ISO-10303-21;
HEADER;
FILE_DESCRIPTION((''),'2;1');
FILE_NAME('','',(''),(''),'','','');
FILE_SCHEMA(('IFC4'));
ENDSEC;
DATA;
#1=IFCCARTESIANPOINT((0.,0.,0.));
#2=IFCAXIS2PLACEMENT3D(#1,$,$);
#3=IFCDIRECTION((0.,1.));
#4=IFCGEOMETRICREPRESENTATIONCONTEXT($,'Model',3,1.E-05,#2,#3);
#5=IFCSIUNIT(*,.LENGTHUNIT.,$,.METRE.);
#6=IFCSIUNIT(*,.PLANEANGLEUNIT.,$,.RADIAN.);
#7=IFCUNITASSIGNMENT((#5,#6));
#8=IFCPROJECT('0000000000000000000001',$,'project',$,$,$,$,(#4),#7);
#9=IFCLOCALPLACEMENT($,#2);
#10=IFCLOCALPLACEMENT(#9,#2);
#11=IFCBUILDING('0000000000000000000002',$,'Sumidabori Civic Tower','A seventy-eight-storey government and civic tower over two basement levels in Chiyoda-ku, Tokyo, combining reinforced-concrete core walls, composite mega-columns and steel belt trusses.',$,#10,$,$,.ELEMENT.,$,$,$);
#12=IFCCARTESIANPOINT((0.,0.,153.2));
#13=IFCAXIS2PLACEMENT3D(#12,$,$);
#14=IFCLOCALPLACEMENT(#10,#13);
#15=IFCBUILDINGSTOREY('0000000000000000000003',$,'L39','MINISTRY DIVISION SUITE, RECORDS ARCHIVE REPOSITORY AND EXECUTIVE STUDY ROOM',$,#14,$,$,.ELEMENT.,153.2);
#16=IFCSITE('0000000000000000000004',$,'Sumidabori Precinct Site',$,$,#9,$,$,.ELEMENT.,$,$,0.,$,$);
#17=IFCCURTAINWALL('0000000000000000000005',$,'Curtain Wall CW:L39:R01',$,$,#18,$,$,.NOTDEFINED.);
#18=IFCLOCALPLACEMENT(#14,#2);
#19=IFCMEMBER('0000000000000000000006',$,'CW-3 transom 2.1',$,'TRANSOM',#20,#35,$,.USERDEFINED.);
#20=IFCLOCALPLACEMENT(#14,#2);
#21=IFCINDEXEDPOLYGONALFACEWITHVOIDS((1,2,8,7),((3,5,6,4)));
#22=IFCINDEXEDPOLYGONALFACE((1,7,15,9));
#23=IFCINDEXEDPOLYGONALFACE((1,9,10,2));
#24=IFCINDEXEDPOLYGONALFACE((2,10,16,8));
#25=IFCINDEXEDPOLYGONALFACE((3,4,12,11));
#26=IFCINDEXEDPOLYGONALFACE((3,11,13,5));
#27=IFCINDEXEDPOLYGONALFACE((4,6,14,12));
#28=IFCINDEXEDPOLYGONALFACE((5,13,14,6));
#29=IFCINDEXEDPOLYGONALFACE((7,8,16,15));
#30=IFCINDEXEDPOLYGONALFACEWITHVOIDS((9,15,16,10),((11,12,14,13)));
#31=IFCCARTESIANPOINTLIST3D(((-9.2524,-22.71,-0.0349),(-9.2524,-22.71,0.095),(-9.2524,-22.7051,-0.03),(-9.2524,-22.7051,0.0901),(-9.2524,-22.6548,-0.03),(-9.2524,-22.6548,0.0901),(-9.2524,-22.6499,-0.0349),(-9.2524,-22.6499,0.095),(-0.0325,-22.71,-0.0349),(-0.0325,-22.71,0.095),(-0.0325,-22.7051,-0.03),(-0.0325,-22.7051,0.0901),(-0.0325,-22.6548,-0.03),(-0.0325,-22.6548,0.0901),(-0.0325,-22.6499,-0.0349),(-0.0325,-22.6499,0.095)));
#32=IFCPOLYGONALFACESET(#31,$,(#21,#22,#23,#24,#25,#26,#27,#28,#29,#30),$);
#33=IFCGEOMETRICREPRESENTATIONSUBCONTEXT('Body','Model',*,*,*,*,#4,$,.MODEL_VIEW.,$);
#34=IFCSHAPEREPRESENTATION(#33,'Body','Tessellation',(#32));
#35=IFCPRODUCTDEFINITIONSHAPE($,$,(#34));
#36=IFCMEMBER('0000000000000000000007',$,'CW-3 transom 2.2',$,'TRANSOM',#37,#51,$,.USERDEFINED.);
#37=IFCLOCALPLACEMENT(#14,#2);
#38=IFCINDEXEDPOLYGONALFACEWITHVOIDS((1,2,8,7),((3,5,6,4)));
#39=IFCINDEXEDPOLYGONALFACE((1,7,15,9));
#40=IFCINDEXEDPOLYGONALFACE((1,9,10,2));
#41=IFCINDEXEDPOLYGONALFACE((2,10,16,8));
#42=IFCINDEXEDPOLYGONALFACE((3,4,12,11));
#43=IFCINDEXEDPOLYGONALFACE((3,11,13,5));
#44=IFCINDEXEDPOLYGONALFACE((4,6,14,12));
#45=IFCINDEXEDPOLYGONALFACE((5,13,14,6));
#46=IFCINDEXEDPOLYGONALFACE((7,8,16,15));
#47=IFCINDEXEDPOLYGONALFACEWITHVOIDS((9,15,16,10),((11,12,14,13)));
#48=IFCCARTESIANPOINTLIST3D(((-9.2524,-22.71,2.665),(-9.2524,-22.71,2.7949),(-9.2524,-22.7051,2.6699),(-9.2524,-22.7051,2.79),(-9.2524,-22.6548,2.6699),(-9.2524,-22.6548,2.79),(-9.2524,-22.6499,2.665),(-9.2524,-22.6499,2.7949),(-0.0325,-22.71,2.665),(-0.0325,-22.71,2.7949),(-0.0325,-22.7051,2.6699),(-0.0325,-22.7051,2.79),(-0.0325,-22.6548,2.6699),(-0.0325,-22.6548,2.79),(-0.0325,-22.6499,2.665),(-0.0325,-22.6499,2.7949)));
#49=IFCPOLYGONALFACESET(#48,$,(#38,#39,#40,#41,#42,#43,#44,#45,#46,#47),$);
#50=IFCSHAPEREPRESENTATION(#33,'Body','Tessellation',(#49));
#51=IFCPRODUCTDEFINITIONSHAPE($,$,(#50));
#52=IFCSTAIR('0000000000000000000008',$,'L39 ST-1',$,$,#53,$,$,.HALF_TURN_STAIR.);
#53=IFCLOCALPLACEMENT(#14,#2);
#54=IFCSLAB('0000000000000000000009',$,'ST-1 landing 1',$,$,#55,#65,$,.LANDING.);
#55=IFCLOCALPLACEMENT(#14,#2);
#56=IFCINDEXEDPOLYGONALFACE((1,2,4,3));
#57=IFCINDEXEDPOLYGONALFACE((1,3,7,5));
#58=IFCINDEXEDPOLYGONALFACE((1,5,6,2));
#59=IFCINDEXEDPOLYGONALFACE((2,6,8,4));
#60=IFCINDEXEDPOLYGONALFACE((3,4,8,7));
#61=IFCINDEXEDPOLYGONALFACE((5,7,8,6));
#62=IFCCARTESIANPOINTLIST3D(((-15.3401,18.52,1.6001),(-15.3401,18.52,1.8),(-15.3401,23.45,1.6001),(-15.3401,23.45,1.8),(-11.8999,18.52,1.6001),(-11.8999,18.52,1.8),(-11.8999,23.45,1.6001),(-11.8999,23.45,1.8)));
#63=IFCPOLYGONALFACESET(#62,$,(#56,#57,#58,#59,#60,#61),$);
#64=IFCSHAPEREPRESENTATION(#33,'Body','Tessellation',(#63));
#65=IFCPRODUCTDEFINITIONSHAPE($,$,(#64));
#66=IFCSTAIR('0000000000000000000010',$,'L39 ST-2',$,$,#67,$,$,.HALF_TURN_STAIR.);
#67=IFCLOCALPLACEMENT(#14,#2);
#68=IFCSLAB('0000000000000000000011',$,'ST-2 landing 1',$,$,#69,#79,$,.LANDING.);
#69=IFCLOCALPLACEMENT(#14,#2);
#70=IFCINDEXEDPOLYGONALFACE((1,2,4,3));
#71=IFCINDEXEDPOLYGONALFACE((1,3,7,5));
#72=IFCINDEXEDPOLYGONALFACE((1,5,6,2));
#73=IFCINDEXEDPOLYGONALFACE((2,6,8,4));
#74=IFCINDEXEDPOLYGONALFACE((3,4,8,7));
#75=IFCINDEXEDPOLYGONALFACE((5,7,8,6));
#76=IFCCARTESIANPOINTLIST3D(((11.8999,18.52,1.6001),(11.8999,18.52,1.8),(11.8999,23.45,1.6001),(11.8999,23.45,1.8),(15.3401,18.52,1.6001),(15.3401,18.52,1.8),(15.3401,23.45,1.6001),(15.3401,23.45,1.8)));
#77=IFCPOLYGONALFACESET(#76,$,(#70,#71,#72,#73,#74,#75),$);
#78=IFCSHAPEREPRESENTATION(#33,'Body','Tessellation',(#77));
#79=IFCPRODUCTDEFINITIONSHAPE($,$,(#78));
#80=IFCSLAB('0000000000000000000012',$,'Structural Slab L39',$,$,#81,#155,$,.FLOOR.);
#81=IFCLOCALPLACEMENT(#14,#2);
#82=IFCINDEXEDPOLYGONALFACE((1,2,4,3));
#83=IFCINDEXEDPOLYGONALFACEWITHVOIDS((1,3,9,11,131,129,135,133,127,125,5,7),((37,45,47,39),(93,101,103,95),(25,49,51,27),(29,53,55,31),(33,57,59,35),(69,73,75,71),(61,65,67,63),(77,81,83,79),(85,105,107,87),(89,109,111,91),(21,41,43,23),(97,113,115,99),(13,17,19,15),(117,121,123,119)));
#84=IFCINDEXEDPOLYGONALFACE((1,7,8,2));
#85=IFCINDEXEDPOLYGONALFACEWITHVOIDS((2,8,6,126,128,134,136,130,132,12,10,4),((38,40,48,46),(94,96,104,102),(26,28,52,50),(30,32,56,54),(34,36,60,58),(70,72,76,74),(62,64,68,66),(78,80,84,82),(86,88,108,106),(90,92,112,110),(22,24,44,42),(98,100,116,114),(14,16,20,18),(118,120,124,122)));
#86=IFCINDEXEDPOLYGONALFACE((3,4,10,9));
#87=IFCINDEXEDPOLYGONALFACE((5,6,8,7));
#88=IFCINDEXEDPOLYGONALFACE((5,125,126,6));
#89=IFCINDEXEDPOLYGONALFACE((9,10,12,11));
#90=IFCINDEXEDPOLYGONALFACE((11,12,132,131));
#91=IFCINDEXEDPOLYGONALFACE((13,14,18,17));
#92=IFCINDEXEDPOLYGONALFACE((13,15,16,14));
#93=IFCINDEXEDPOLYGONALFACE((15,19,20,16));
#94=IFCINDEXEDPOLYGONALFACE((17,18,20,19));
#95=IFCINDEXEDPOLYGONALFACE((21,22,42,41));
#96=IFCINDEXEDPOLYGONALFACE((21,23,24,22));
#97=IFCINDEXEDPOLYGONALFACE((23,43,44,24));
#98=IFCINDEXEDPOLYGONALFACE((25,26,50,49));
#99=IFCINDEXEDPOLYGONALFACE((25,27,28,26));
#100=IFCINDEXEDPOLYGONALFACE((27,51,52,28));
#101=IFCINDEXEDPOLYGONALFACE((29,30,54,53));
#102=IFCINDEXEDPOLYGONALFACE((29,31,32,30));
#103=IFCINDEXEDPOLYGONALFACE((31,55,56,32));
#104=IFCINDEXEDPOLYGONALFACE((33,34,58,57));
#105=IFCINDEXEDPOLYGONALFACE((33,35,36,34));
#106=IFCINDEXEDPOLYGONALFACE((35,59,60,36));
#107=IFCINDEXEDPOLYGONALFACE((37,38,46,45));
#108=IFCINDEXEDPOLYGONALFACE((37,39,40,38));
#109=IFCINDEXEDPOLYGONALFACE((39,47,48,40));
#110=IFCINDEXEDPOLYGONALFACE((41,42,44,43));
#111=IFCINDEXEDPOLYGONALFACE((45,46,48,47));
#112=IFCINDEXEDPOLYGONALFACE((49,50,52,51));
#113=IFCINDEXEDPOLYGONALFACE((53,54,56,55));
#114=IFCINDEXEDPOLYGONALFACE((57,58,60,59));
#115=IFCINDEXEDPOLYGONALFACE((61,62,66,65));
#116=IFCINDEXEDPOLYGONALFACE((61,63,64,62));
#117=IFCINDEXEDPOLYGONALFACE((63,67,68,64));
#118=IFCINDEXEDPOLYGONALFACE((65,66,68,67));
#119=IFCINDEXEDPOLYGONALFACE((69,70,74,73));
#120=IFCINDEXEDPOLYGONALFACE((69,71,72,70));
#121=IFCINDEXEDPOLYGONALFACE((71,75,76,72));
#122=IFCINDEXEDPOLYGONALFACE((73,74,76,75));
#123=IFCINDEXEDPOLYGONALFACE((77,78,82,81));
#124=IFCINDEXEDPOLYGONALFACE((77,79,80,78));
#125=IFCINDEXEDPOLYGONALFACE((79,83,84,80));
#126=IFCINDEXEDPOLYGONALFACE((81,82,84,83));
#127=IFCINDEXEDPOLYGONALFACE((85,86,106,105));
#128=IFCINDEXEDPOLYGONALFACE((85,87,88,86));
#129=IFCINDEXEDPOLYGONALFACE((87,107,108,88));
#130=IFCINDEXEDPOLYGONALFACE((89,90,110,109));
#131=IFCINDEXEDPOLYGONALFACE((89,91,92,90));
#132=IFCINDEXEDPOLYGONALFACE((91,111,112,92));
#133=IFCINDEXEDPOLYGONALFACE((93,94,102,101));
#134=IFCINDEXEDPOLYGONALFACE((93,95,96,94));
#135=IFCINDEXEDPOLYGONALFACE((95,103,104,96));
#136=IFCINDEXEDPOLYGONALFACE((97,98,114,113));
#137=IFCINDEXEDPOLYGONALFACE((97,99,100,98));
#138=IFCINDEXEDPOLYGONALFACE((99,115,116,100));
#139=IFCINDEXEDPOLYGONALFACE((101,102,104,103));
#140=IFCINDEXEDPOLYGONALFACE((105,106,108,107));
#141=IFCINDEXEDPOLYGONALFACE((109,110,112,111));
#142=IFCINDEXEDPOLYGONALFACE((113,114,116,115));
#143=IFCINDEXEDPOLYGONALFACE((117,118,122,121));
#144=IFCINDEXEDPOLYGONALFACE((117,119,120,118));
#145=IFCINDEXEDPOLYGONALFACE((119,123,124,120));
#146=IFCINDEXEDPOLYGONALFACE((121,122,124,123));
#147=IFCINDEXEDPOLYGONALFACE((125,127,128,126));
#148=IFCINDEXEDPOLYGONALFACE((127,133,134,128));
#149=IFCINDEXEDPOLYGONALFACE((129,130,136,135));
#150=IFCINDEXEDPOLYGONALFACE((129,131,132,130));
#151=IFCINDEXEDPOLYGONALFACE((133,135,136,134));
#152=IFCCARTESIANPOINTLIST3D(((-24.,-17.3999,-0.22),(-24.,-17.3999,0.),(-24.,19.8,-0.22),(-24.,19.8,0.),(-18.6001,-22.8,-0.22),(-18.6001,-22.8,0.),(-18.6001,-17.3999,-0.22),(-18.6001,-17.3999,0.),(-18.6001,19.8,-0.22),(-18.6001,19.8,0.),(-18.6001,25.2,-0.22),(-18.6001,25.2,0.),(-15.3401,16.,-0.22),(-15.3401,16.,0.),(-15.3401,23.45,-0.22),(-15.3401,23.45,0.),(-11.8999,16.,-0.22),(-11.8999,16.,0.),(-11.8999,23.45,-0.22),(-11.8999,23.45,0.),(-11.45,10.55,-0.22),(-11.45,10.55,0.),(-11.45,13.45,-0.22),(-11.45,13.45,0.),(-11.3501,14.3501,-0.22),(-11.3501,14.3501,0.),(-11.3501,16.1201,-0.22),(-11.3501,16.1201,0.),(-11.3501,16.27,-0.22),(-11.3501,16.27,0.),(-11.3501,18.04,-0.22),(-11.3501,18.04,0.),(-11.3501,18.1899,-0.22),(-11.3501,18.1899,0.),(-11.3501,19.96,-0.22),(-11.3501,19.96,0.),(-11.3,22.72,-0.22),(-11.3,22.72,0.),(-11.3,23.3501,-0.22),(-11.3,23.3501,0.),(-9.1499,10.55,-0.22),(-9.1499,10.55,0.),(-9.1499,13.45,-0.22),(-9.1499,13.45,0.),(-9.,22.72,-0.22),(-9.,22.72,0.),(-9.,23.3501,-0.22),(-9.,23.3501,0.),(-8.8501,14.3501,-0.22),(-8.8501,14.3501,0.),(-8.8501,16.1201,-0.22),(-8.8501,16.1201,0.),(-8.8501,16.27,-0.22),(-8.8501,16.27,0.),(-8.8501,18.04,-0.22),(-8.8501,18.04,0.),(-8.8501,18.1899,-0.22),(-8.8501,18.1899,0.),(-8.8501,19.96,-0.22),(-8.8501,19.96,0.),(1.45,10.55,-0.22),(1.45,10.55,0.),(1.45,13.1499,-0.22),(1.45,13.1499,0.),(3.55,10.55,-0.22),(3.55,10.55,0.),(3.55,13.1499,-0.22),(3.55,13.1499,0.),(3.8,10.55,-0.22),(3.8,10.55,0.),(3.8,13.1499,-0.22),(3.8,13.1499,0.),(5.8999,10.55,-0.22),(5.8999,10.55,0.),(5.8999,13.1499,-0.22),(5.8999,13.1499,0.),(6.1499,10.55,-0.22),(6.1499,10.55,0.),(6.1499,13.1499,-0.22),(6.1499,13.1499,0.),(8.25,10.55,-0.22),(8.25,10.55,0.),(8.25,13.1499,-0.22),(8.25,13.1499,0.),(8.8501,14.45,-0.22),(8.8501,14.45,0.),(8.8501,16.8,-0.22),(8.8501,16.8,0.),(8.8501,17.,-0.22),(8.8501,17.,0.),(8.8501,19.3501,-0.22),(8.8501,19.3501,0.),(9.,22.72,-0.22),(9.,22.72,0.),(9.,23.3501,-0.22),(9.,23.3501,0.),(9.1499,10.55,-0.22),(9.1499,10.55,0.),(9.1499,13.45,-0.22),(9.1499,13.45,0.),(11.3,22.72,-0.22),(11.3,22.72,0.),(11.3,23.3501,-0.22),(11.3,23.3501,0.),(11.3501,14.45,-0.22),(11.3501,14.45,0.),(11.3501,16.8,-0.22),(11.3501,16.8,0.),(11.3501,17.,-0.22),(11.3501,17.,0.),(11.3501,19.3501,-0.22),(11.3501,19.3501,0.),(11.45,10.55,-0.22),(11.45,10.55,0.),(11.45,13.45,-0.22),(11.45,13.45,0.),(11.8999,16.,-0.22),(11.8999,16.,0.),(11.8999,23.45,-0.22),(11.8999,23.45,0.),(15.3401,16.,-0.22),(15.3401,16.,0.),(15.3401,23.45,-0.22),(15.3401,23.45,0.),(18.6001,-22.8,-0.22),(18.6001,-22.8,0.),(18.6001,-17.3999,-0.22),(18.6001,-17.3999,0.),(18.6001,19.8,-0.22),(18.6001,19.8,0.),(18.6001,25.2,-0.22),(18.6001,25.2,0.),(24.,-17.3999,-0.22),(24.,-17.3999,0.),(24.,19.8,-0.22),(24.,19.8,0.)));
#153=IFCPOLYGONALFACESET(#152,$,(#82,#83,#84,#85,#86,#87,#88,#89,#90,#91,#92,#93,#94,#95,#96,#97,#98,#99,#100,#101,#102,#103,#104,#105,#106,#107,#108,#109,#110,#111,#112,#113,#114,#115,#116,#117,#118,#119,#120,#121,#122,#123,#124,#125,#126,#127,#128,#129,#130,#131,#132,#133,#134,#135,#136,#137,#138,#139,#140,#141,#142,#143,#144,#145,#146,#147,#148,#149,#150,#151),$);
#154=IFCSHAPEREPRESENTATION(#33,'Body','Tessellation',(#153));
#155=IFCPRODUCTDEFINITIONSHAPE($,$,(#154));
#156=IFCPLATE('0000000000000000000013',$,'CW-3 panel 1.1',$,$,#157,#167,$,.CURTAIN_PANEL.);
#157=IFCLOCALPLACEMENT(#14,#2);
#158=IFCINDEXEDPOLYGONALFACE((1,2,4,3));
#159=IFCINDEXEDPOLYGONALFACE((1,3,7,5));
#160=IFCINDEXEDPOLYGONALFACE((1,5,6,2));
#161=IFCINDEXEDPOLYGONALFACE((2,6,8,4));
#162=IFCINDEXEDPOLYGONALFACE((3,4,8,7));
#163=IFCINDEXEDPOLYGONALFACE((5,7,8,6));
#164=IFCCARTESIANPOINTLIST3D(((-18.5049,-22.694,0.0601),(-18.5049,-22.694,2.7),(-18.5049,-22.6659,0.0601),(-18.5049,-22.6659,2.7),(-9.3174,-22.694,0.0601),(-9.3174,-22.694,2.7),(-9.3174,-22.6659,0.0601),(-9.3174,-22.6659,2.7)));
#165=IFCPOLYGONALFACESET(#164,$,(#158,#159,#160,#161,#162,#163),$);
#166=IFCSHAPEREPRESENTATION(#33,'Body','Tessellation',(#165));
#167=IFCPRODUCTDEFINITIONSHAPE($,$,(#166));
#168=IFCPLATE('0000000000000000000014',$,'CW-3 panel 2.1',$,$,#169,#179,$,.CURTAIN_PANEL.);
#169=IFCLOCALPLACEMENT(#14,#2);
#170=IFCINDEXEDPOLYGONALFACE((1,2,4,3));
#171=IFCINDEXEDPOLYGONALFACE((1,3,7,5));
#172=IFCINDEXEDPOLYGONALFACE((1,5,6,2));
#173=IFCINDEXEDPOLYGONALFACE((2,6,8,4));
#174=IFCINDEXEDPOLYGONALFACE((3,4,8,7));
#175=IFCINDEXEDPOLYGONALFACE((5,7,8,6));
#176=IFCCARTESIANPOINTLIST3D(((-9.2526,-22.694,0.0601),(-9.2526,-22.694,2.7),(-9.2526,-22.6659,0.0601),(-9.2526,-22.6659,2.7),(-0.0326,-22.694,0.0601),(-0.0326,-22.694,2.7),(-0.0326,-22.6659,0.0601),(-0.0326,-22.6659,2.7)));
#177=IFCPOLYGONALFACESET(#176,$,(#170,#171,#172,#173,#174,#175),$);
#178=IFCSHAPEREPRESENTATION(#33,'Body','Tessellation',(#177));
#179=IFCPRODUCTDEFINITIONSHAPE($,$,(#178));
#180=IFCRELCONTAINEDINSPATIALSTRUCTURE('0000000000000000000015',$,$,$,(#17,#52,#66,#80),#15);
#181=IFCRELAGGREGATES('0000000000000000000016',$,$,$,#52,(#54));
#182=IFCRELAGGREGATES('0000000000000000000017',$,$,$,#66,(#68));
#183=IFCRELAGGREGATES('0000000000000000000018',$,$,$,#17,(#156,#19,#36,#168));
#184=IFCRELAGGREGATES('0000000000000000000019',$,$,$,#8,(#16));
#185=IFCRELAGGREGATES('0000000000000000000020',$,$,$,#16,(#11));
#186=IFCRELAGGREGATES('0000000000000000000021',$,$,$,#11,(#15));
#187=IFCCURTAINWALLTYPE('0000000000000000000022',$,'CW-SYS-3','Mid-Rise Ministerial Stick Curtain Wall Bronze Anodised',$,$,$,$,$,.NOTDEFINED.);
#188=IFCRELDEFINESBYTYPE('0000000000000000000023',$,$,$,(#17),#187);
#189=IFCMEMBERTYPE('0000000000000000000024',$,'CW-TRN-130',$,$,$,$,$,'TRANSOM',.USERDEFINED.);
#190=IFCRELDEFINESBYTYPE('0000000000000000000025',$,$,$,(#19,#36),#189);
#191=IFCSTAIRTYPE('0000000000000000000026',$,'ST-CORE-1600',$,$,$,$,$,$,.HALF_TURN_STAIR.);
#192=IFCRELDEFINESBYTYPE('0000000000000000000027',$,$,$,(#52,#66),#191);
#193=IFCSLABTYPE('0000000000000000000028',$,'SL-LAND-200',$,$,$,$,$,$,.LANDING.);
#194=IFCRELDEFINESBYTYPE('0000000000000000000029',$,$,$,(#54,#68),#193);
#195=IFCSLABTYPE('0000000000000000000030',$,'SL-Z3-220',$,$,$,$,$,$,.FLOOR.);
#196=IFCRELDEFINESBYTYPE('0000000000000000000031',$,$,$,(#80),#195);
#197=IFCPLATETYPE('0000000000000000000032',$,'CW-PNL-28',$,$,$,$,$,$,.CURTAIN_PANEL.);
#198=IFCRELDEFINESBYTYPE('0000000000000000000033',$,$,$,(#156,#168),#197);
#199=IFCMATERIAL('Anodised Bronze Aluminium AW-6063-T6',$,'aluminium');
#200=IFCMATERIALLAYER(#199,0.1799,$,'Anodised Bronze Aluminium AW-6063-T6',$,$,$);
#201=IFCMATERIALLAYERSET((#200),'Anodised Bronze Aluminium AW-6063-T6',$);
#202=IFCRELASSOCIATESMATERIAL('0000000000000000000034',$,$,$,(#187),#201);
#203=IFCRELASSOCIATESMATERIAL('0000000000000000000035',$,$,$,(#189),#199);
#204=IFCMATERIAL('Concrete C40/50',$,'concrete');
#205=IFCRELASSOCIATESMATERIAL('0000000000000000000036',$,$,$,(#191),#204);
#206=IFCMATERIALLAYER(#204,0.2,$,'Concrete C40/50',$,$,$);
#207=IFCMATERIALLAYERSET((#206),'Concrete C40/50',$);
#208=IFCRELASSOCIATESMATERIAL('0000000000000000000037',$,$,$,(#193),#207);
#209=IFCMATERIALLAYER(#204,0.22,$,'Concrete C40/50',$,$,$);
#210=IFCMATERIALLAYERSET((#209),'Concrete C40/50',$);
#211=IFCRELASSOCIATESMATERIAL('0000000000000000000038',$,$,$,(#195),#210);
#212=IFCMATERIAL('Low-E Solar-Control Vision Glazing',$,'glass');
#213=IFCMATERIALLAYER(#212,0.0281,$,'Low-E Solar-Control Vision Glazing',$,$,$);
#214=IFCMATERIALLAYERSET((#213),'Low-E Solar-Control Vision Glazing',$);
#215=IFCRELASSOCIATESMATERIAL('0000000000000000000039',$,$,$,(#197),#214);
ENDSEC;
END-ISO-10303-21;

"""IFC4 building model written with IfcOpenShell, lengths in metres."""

from ifc_helpers import new_model, si_unit, direction, frame, origin, origin_2d, place, context, subcontext, project, spatial, polyline, rectangle, hollow_rectangle, outline, extrude, source, transform, mapped, material, layer, layer_set, material_profile, profile_set, type_object, element, aggregate, save


model = new_model("IFC4")

# Units and contexts
model_context = context("Model", 3, precision=1e-05, world=origin(), true_north=direction((0.0, 1.0)))
body_context = subcontext(model_context, "Body", "Model", "MODEL_VIEW")
ifc_project = project(units=[si_unit("LENGTHUNIT", "METRE"), si_unit("PLANEANGLEUNIT", "RADIAN")], contexts=[model_context])

# Site, building, storey
site_placement = place(None, origin())
site = spatial("IfcSite", under=ifc_project, at=site_placement, Name="Sumidabori Precinct Site", CompositionType="ELEMENT", RefElevation=0.0)
building_placement = place(site_placement, origin())
building = spatial("IfcBuilding", under=site, at=building_placement, Name="Sumidabori Civic Tower", Description="A seventy-eight-storey government and civic tower over two basement levels in Chiyoda-ku, Tokyo, combining reinforced-concrete core walls, composite mega-columns and steel belt trusses.", CompositionType="ELEMENT")
storey_placement = place(building_placement, frame((0.0, 0.0, 153.2)))
storey = spatial("IfcBuildingStorey", under=building, at=storey_placement, Name="L39", Description="MINISTRY DIVISION SUITE, RECORDS ARCHIVE REPOSITORY AND EXECUTIVE STUDY ROOM", CompositionType="ELEMENT", Elevation=153.2)

# Curtain wall, members
ifc_material_1 = material(Name="Anodised Bronze Aluminium AW-6063-T6", Category="aluminium")
ifc_layer_1 = layer(ifc_material_1, 0.1799, Name="Anodised Bronze Aluminium AW-6063-T6")
ifc_layer_set_1 = layer_set([ifc_layer_1], Name="Anodised Bronze Aluminium AW-6063-T6")
curtain_wall_type = type_object("IfcCurtainWallType", Name="CW-SYS-3", Description="Mid-Rise Ministerial Stick Curtain Wall Bronze Anodised", PredefinedType="NOTDEFINED", material=ifc_layer_set_1)
curtain_wall_placement = place(storey_placement, origin())
curtain_wall = element("IfcCurtainWall", 1, at=curtain_wall_placement, inside=storey, type_object=curtain_wall_type, Name="Curtain Wall CW:L39:R01", PredefinedType="NOTDEFINED")
ifc_material_profile_1 = material_profile(ifc_material_1, hollow_rectangle(XDim=0.0601, YDim=0.1299, WallThickness=0.0049, at=origin_2d()), Name="ALU TRANSOM 130x60")
ifc_profile_set_1 = profile_set([ifc_material_profile_1], Name="Anodised Bronze Aluminium AW-6063-T6")
member_type_1 = type_object("IfcMemberType", Name="CW-TRN-130", ElementType="TRANSOM", PredefinedType="USERDEFINED", material=ifc_profile_set_1)
shared_shape_1 = source(origin(), body_context, "Body", "SweptSolid", [
    extrude(hollow_rectangle(XDim=0.0601, YDim=0.1299, WallThickness=0.0049, at=origin_2d()), origin(), (0.0, 0.0, 1.0), 9.22),
])
member_1_placement = place(storey_placement, frame((-9.2524, -22.6799, 0.03), z_axis=(1.0, 0.0, 0.0), x_axis=(0.0, 1.0, 0.0)))
member_1 = element("IfcMember", 2, at=member_1_placement, type_object=member_type_1, Name="CW-3 transom 2.1", ObjectType="TRANSOM", PredefinedType="USERDEFINED", context=body_context, shape_type="MappedRepresentation", body=[
    mapped(shared_shape_1, transform((0.0, 0.0, 0.0), x_axis=(1.0, 0.0, 0.0), y_axis=(0.0, 1.0, 0.0), z_axis=(0.0, 0.0, 1.0), scale=1.0)),
])
member_2_placement = place(storey_placement, frame((-9.2524, -22.6799, 2.73), z_axis=(1.0, 0.0, 0.0), x_axis=(0.0, 1.0, 0.0)))
member_2 = element("IfcMember", 3, at=member_2_placement, type_object=member_type_1, Name="CW-3 transom 2.2", ObjectType="TRANSOM", PredefinedType="USERDEFINED", context=body_context, shape_type="MappedRepresentation", body=[
    mapped(shared_shape_1, transform((0.0, 0.0, 0.0), x_axis=(1.0, 0.0, 0.0), y_axis=(0.0, 1.0, 0.0), z_axis=(0.0, 0.0, 1.0), scale=1.0)),
])

# Stairs, slabs
ifc_material_2 = material(Name="Concrete C40/50", Category="concrete")
stair_type = type_object("IfcStairType", Name="ST-CORE-1600", PredefinedType="HALF_TURN_STAIR", material=ifc_material_2)
stair_1_placement = place(storey_placement, origin())
stair_1 = element("IfcStair", 4, at=stair_1_placement, inside=storey, type_object=stair_type, Name="L39 ST-1", PredefinedType="HALF_TURN_STAIR")
ifc_layer_2 = layer(ifc_material_2, 0.2, Name="Concrete C40/50")
ifc_layer_set_2 = layer_set([ifc_layer_2], Name="Concrete C40/50")
slab_type_1 = type_object("IfcSlabType", Name="SL-LAND-200", PredefinedType="LANDING", material=ifc_layer_set_2)
slab_1_placement = place(storey_placement, frame((0.0, 0.0, 1.6001)))
slab_1 = element("IfcSlab", 5, at=slab_1_placement, type_object=slab_type_1, Name="ST-1 landing 1", PredefinedType="LANDING", context=body_context, shape_type="SweptSolid", body=[
    extrude(outline(polyline([(-11.8999, 18.52), (-11.8999, 23.45), (-15.3401, 23.45), (-15.3401, 18.52), (-11.8999, 18.52)])), origin(), (0.0, 0.0, 1.0), 0.2),
])
aggregate(stair_1, [slab_1])
stair_2_placement = place(storey_placement, origin())
stair_2 = element("IfcStair", 6, at=stair_2_placement, inside=storey, type_object=stair_type, Name="L39 ST-2", PredefinedType="HALF_TURN_STAIR")
slab_2_placement = place(storey_placement, frame((0.0, 0.0, 1.6001)))
slab_2 = element("IfcSlab", 7, at=slab_2_placement, type_object=slab_type_1, Name="ST-2 landing 1", PredefinedType="LANDING", context=body_context, shape_type="SweptSolid", body=[
    extrude(outline(polyline([(15.3401, 18.52), (15.3401, 23.45), (11.8999, 23.45), (11.8999, 18.52), (15.3401, 18.52)])), origin(), (0.0, 0.0, 1.0), 0.2),
])
aggregate(stair_2, [slab_2])

# Slab
ifc_layer_3 = layer(ifc_material_2, 0.22, Name="Concrete C40/50")
ifc_layer_set_3 = layer_set([ifc_layer_3], Name="Concrete C40/50")
slab_type_2 = type_object("IfcSlabType", Name="SL-Z3-220", PredefinedType="FLOOR", material=ifc_layer_set_3)
slab_3_placement = place(storey_placement, frame((0.0, 0.0, -0.22)))
element("IfcSlab", 8, at=slab_3_placement, inside=storey, type_object=slab_type_2, Name="Structural Slab L39", PredefinedType="FLOOR", context=body_context, shape_type="SweptSolid", body=[
    extrude(outline(polyline([(-18.6001, -22.8), (18.6001, -22.8), (18.6001, -17.3999), (24.0, -17.3999), (24.0, 19.8), (18.6001, 19.8), (18.6001, 25.2), (-18.6001, 25.2), (-18.6001, 19.8), (-24.0, 19.8), (-24.0, -17.3999), (-18.6001, -17.3999), (-18.6001, -22.8)]), holes=[polyline([(-11.8999, 16.0), (-11.8999, 23.45), (-15.3401, 23.45), (-15.3401, 16.0), (-11.8999, 16.0)]), polyline([(15.3401, 16.0), (15.3401, 23.45), (11.8999, 23.45), (11.8999, 16.0), (15.3401, 16.0)]), polyline([(-11.45, 10.55), (-9.1499, 10.55), (-9.1499, 13.45), (-11.45, 13.45), (-11.45, 10.55)]), polyline([(9.1499, 10.55), (11.45, 10.55), (11.45, 13.45), (9.1499, 13.45), (9.1499, 10.55)]), polyline([(1.45, 10.55), (3.55, 10.55), (3.55, 13.1499), (1.45, 13.1499), (1.45, 10.55)]), polyline([(3.8, 10.55), (5.8999, 10.55), (5.8999, 13.1499), (3.8, 13.1499), (3.8, 10.55)]), polyline([(6.1499, 10.55), (8.25, 10.55), (8.25, 13.1499), (6.1499, 13.1499), (6.1499, 10.55)]), polyline([(-11.3501, 14.3501), (-8.8501, 14.3501), (-8.8501, 16.1201), (-11.3501, 16.1201), (-11.3501, 14.3501)]), polyline([(-11.3501, 16.27), (-8.8501, 16.27), (-8.8501, 18.04), (-11.3501, 18.04), (-11.3501, 16.27)]), polyline([(-11.3501, 18.1899), (-8.8501, 18.1899), (-8.8501, 19.96), (-11.3501, 19.96), (-11.3501, 18.1899)]), polyline([(8.8501, 14.45), (11.3501, 14.45), (11.3501, 16.8), (8.8501, 16.8), (8.8501, 14.45)]), polyline([(8.8501, 17.0), (11.3501, 17.0), (11.3501, 19.3501), (8.8501, 19.3501), (8.8501, 17.0)]), polyline([(-11.3, 22.72), (-9.0, 22.72), (-9.0, 23.3501), (-11.3, 23.3501), (-11.3, 22.72)]), polyline([(9.0, 22.72), (11.3, 22.72), (11.3, 23.3501), (9.0, 23.3501), (9.0, 22.72)])]), origin(), (0.0, 0.0, 1.0), 0.22),
])

# Plates
ifc_material_3 = material(Name="Low-E Solar-Control Vision Glazing", Category="glass")
ifc_layer_4 = layer(ifc_material_3, 0.0281, Name="Low-E Solar-Control Vision Glazing")
ifc_layer_set_4 = layer_set([ifc_layer_4], Name="Low-E Solar-Control Vision Glazing")
plate_type = type_object("IfcPlateType", Name="CW-PNL-28", PredefinedType="CURTAIN_PANEL", material=ifc_layer_set_4)
shared_shape_2 = source(origin(), body_context, "Body", "SweptSolid", [
    extrude(rectangle(XDim=9.1875, YDim=0.0281, at=origin_2d()), origin(), (0.0, 0.0, 1.0), 2.6399),
])
plate_1_placement = place(storey_placement, frame((-13.9111, -22.6799, 0.0601), z_axis=(0.0, 0.0, 1.0), x_axis=(1.0, 0.0, 0.0)))
plate_1 = element("IfcPlate", 9, at=plate_1_placement, type_object=plate_type, Name="CW-3 panel 1.1", PredefinedType="CURTAIN_PANEL", context=body_context, shape_type="MappedRepresentation", body=[
    mapped(shared_shape_2, transform((0.0, 0.0, 0.0), x_axis=(1.0, 0.0, 0.0), y_axis=(0.0, 1.0, 0.0), z_axis=(0.0, 0.0, 1.0), scale=1.0)),
])
shared_shape_3 = source(origin(), body_context, "Body", "SweptSolid", [
    extrude(rectangle(XDim=9.22, YDim=0.0281, at=origin_2d()), origin(), (0.0, 0.0, 1.0), 2.6399),
])
plate_2_placement = place(storey_placement, frame((-4.6426, -22.6799, 0.0601), z_axis=(0.0, 0.0, 1.0), x_axis=(1.0, 0.0, 0.0)))
plate_2 = element("IfcPlate", 10, at=plate_2_placement, type_object=plate_type, Name="CW-3 panel 2.1", PredefinedType="CURTAIN_PANEL", context=body_context, shape_type="MappedRepresentation", body=[
    mapped(shared_shape_3, transform((0.0, 0.0, 0.0), x_axis=(1.0, 0.0, 0.0), y_axis=(0.0, 1.0, 0.0), z_axis=(0.0, 0.0, 1.0), scale=1.0)),
])
aggregate(curtain_wall, [plate_1, member_1, member_2, plate_2])

save(model, "model.ifc")
